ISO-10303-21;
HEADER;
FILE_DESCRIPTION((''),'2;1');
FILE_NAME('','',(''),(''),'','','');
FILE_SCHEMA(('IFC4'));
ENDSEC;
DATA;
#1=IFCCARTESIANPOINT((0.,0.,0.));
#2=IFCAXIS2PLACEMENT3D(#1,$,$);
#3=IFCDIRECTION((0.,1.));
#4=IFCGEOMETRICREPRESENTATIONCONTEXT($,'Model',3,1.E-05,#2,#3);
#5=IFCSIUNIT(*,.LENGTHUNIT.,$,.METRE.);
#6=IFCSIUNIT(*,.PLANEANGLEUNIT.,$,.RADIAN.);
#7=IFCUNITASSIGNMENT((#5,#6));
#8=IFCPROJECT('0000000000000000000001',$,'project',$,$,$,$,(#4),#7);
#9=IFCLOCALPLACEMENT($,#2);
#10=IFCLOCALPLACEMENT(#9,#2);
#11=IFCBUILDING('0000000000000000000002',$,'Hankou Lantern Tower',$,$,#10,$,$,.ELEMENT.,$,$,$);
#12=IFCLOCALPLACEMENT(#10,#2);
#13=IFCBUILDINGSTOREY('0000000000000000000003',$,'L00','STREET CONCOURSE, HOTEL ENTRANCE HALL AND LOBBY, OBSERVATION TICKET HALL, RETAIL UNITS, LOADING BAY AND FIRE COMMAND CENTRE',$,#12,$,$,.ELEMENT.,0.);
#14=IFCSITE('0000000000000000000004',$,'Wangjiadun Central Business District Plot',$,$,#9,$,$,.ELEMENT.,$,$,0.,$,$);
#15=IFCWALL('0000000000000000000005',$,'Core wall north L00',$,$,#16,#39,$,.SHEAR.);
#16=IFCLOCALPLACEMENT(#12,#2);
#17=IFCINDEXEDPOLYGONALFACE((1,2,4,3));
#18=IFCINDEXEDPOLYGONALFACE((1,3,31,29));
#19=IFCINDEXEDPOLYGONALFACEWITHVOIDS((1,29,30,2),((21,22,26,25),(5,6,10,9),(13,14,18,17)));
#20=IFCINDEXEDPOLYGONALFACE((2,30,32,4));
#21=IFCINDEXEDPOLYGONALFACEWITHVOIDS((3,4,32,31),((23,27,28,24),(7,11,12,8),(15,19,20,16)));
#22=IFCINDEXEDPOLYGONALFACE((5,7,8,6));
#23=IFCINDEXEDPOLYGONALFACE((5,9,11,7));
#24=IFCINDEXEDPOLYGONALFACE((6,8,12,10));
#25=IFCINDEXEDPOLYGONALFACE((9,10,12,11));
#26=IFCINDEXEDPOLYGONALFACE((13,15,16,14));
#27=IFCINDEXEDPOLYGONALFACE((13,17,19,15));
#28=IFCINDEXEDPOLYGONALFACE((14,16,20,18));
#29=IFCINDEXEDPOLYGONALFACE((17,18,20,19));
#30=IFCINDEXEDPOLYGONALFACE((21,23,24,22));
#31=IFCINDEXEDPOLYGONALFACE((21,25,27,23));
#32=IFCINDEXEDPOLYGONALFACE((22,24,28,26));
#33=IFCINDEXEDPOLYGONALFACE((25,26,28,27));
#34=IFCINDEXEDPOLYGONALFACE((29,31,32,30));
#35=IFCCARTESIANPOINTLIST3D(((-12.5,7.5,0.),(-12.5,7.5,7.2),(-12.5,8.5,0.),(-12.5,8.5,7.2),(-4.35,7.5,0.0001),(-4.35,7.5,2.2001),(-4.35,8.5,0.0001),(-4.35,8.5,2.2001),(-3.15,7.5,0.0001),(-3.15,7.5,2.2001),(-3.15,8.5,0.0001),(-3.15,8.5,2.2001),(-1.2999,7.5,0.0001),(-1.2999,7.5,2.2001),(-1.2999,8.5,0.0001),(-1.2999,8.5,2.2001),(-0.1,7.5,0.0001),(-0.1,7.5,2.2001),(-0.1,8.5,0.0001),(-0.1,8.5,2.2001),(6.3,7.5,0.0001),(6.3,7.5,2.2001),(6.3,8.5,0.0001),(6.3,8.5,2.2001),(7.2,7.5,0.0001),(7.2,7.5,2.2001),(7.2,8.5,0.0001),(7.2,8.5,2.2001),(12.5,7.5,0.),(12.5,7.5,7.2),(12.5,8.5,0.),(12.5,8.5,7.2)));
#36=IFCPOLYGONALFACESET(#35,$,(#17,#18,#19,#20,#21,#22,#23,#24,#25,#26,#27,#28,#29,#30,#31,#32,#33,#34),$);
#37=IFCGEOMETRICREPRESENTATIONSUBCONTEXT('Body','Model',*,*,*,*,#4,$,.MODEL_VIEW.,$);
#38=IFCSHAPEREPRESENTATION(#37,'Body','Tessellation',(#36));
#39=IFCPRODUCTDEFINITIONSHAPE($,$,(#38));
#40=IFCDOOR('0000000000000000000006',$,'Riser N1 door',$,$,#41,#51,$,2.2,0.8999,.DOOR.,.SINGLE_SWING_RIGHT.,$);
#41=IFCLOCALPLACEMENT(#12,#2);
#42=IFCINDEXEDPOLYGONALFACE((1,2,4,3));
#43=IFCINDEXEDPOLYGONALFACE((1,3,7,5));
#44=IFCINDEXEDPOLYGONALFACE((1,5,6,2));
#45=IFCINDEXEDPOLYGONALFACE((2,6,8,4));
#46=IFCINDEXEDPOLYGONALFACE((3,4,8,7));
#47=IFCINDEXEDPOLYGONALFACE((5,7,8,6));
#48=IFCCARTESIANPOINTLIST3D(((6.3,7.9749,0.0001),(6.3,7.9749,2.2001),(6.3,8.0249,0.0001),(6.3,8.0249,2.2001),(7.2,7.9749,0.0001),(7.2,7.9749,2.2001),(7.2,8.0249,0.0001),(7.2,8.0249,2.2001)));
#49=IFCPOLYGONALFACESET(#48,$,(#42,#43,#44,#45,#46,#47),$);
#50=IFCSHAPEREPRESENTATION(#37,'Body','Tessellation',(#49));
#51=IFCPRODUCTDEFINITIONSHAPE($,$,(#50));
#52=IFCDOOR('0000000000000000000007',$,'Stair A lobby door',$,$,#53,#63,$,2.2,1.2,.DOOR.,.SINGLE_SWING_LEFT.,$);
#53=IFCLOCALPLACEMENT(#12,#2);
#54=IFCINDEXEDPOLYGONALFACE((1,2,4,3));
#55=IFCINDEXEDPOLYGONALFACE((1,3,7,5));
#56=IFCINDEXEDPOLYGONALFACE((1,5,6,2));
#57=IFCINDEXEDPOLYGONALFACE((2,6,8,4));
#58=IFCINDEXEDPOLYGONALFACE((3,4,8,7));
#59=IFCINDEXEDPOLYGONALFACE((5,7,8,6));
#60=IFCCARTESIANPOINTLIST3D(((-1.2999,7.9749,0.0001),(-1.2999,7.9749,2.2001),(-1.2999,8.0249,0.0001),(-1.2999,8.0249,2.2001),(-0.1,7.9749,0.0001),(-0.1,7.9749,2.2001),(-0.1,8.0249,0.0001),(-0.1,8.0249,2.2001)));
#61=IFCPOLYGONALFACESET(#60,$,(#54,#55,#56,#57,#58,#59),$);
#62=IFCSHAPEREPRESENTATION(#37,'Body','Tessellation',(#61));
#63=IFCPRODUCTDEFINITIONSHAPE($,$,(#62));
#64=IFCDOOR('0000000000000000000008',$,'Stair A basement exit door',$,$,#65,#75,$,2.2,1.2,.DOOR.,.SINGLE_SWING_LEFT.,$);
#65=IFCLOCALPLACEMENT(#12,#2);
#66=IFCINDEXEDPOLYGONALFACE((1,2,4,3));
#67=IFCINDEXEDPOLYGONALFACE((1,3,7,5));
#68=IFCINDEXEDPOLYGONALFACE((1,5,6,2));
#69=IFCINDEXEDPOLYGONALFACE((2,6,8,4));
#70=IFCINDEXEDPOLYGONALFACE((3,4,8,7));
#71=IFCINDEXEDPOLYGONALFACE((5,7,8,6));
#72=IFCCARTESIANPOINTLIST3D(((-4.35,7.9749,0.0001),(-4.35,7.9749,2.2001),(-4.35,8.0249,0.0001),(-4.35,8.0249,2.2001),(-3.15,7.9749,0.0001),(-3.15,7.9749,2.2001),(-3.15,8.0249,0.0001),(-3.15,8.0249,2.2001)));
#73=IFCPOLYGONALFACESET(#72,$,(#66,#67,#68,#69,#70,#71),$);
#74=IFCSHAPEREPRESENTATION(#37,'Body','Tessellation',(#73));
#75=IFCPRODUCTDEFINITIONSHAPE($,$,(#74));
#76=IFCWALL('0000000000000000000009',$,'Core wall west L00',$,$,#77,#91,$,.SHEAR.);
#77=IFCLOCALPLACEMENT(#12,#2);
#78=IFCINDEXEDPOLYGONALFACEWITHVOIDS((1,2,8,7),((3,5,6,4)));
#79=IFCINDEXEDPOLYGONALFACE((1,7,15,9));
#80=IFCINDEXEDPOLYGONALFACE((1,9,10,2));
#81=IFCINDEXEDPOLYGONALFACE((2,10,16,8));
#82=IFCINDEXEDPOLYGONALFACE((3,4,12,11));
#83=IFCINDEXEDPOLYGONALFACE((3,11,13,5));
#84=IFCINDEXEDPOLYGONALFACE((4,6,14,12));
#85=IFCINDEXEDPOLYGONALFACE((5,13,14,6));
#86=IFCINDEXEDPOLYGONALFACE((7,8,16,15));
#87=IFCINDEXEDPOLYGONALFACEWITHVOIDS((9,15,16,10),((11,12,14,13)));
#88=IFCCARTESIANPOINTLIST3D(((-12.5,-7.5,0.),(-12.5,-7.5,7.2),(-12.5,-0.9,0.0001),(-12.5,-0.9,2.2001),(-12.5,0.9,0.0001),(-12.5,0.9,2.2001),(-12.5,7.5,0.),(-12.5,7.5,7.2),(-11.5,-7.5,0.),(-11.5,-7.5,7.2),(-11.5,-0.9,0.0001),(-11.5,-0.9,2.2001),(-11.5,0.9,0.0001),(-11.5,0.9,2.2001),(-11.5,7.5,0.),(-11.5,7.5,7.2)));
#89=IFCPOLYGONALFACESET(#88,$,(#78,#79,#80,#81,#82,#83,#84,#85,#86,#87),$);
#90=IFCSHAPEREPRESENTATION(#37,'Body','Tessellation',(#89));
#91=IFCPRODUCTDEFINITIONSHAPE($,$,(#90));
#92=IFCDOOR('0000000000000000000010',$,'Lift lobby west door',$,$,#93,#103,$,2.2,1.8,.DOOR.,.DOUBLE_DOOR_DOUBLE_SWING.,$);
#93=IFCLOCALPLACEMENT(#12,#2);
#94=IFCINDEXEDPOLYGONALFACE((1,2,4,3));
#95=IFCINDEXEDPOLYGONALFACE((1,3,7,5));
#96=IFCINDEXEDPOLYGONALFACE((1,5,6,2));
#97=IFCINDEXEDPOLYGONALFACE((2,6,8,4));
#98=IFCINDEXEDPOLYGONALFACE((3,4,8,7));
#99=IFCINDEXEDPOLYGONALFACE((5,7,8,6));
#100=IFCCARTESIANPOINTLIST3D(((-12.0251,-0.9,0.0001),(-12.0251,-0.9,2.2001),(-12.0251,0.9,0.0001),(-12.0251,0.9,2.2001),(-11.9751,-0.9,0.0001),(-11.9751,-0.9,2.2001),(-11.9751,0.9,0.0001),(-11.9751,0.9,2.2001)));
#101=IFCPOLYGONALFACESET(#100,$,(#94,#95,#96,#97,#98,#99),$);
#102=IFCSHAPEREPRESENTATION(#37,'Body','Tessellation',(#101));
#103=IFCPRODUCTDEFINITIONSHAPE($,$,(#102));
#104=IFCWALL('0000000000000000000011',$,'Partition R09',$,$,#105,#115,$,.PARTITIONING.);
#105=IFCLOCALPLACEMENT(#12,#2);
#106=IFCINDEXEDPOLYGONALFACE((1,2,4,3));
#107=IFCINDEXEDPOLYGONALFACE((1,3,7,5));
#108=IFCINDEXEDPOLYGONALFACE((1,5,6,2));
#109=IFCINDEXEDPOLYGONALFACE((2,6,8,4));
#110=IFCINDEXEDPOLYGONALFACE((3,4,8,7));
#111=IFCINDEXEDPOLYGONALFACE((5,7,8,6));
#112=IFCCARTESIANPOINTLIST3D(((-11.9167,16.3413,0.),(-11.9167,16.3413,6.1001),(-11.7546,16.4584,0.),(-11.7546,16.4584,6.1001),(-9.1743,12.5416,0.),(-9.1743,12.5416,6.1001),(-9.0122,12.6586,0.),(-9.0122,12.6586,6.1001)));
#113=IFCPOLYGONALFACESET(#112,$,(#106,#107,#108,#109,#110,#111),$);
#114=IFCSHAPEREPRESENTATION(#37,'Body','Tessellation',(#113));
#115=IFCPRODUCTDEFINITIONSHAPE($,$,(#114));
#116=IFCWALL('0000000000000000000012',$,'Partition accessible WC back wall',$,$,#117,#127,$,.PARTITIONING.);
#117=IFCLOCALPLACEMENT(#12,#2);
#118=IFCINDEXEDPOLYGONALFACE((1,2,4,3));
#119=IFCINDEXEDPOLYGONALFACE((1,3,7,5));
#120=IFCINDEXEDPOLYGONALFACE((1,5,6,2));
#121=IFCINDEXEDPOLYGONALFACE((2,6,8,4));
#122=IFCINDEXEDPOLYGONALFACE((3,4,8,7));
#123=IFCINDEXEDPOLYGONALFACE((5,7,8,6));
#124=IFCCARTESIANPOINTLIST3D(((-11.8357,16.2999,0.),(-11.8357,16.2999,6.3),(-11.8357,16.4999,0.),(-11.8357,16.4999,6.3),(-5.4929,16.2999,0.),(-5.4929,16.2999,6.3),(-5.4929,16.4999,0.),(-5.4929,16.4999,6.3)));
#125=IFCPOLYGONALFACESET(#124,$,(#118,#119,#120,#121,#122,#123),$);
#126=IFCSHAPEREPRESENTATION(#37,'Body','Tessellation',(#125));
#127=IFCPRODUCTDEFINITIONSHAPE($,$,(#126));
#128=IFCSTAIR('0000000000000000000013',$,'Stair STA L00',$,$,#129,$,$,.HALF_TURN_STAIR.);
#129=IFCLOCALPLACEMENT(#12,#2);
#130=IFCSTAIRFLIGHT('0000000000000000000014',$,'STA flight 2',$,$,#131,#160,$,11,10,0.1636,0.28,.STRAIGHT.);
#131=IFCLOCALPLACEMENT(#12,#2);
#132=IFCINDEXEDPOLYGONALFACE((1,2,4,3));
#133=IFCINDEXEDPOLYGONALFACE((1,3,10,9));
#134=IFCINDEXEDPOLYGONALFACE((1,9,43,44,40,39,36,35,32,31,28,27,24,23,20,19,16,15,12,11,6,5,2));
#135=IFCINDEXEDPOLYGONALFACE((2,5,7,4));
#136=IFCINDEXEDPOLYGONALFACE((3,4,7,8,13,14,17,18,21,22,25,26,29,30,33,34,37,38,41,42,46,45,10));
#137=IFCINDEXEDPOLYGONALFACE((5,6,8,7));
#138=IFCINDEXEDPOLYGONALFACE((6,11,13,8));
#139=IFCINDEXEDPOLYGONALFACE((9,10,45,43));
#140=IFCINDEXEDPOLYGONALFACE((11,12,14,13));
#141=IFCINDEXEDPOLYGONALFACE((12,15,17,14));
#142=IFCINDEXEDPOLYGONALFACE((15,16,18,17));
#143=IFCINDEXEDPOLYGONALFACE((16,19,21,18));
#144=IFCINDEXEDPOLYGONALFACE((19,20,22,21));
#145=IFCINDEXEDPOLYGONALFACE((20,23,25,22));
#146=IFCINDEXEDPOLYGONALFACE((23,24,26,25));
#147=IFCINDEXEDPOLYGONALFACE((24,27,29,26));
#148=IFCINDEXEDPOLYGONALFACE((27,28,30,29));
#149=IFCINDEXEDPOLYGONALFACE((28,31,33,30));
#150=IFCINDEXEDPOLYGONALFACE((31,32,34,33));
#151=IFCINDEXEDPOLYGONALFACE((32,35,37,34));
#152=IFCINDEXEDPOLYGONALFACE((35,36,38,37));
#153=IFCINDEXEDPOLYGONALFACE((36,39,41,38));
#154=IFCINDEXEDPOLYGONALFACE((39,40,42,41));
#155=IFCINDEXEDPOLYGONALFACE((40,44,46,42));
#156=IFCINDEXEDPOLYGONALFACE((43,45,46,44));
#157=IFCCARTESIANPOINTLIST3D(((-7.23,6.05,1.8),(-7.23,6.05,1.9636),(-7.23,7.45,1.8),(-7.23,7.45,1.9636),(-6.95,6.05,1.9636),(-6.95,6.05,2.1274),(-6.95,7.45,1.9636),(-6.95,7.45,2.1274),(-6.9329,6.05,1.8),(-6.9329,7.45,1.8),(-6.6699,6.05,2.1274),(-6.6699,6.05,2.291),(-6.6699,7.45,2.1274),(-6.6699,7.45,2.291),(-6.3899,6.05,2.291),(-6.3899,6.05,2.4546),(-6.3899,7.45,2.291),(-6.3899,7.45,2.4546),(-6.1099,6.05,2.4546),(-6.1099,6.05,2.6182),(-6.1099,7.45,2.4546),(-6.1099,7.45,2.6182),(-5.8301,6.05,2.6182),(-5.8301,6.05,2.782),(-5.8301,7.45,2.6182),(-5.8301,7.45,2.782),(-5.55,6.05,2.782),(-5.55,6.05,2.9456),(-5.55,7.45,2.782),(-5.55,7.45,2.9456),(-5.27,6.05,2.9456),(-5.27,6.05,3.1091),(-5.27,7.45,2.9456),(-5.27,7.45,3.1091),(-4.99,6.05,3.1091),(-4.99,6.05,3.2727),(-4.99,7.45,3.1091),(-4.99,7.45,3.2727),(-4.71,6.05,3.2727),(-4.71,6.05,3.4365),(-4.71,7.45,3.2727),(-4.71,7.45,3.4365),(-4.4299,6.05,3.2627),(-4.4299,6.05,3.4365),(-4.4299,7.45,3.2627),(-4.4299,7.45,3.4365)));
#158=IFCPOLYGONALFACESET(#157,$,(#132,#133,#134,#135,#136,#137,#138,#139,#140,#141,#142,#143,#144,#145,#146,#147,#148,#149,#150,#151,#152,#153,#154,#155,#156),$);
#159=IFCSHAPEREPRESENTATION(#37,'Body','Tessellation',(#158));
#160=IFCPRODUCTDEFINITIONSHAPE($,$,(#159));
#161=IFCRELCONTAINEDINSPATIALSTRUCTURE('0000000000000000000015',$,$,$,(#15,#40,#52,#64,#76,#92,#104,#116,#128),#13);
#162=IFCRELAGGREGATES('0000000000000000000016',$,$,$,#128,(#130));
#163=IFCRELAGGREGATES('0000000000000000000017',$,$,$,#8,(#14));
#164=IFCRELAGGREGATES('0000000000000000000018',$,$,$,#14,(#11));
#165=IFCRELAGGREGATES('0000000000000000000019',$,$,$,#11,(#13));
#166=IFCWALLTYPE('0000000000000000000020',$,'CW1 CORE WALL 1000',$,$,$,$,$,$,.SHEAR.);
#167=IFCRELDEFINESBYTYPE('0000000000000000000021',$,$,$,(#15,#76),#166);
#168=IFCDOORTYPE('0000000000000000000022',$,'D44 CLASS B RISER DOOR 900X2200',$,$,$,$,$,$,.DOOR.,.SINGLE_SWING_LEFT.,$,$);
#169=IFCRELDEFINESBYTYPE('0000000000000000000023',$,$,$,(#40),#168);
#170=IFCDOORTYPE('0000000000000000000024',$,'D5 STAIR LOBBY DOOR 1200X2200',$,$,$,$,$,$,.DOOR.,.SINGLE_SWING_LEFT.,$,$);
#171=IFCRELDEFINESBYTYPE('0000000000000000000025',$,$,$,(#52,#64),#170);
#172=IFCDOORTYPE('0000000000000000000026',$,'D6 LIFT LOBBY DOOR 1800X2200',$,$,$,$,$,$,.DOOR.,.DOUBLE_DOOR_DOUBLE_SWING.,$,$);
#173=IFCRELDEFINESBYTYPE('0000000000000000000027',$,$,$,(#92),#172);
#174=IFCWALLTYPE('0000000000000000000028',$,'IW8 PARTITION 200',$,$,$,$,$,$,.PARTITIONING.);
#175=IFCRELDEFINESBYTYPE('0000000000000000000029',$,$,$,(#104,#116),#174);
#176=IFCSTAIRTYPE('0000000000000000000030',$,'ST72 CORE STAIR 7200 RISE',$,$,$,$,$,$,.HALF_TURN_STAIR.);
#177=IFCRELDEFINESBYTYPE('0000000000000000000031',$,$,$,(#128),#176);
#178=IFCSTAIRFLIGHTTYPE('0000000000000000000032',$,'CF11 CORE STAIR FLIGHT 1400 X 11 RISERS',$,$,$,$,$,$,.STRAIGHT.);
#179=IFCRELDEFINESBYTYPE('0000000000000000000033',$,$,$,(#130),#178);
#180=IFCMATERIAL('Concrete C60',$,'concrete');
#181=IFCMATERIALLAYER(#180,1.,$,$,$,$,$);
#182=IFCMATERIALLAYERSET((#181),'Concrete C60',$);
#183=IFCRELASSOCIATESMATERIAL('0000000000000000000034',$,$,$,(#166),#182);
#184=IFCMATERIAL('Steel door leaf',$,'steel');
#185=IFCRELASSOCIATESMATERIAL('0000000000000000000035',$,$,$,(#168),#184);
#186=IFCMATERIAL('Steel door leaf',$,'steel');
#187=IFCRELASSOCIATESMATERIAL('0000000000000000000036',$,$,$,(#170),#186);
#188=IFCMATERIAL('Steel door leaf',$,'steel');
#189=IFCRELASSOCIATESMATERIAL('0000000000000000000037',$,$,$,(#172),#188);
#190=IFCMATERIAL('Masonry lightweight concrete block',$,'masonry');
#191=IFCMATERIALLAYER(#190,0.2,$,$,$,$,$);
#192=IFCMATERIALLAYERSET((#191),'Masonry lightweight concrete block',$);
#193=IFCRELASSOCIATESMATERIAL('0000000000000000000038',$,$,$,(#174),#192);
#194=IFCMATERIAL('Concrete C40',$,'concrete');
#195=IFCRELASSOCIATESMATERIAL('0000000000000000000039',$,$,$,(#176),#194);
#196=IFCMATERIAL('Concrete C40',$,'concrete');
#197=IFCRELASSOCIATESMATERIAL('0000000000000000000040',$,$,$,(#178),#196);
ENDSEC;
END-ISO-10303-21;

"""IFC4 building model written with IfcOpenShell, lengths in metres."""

from ifc_helpers import new_model, si_unit, direction, frame, frame_2d, origin, place, context, subcontext, project, spatial, polyline, rectangle, outline, extrude, material, layer, layer_set, type_object, element, fill, aggregate, save


model = new_model("IFC4")

# Units and contexts
model_context = context("Model", 3, precision=1e-05, world=origin(), true_north=direction((0.0, 1.0)))
body_context = subcontext(model_context, "Body", "Model", "MODEL_VIEW")
ifc_project = project(units=[si_unit("LENGTHUNIT", "METRE"), si_unit("PLANEANGLEUNIT", "RADIAN")], contexts=[model_context])

# Site, building, storey
site_placement = place(None, origin())
site = spatial("IfcSite", under=ifc_project, at=site_placement, Name="Wangjiadun Central Business District Plot", CompositionType="ELEMENT", RefElevation=0.0)
building_placement = place(site_placement, origin())
building = spatial("IfcBuilding", under=site, at=building_placement, Name="Hankou Lantern Tower", CompositionType="ELEMENT")
storey_placement = place(building_placement, origin())
storey = spatial("IfcBuildingStorey", under=building, at=storey_placement, Name="L00", Description="STREET CONCOURSE, HOTEL ENTRANCE HALL AND LOBBY, OBSERVATION TICKET HALL, RETAIL UNITS, LOADING BAY AND FIRE COMMAND CENTRE", CompositionType="ELEMENT", Elevation=0.0)

# Wall, openings, doors
ifc_material_1 = material(Name="Concrete C60", Category="concrete")
ifc_layer_1 = layer(ifc_material_1, 1.0)
ifc_layer_set_1 = layer_set([ifc_layer_1], Name="Concrete C60")
wall_type_1 = type_object("IfcWallType", Name="CW1 CORE WALL 1000", PredefinedType="SHEAR", material=ifc_layer_set_1)
wall_1_placement = place(storey_placement, frame((-12.5, 8.0, 0.0), z_axis=(0.0, 0.0, 1.0), x_axis=(1.0, 0.0, 0.0)))
wall_1 = element("IfcWall", 1, at=wall_1_placement, inside=storey, type_object=wall_type_1, Name="Core wall north L00", PredefinedType="SHEAR", context=body_context, shape_type="SweptSolid", body=[
    extrude(rectangle(XDim=25.0, YDim=1.0, at=frame_2d((12.5, 0.0))), origin(), (0.0, 0.0, 1.0), 7.2),
])
opening_1_placement = place(wall_1_placement, frame((11.2, 0.0, 0.0)))
opening_1 = element("IfcOpeningElement", 2, at=opening_1_placement, cuts=wall_1, PredefinedType="OPENING", context=body_context, shape_type="SweptSolid", body=[
    extrude(rectangle(XDim=1.2, YDim=2.2, at=frame_2d((0.6001, 1.1001))), frame((0.0, 0.51, 0.0), z_axis=(0.0, -1.0, 0.0), x_axis=(1.0, 0.0, 0.0)), (0.0, 0.0, 1.0), 1.02),
])
opening_2_placement = place(wall_1_placement, frame((8.1499, 0.0, 0.0)))
opening_2 = element("IfcOpeningElement", 3, at=opening_2_placement, cuts=wall_1, PredefinedType="OPENING", context=body_context, shape_type="SweptSolid", body=[
    extrude(rectangle(XDim=1.2, YDim=2.2, at=frame_2d((0.6001, 1.1001))), frame((0.0, 0.51, 0.0), z_axis=(0.0, -1.0, 0.0), x_axis=(1.0, 0.0, 0.0)), (0.0, 0.0, 1.0), 1.02),
])
opening_3_placement = place(wall_1_placement, frame((18.8, 0.0, 0.0)))
opening_3 = element("IfcOpeningElement", 4, at=opening_3_placement, cuts=wall_1, PredefinedType="OPENING", context=body_context, shape_type="SweptSolid", body=[
    extrude(rectangle(XDim=0.8999, YDim=2.2, at=frame_2d((0.45, 1.1001))), frame((0.0, 0.51, 0.0), z_axis=(0.0, -1.0, 0.0), x_axis=(1.0, 0.0, 0.0)), (0.0, 0.0, 1.0), 1.02),
])
ifc_material_2 = material(Name="Steel door leaf", Category="steel")
door_type_1 = type_object("IfcDoorType", Name="D44 CLASS B RISER DOOR 900X2200", OperationType="SINGLE_SWING_LEFT", PredefinedType="DOOR", material=ifc_material_2)
door_1_placement = place(opening_3_placement, origin())
door_1 = element("IfcDoor", 5, at=door_1_placement, inside=storey, type_object=door_type_1, Name="Riser N1 door", OperationType="SINGLE_SWING_RIGHT", OverallHeight=2.2, OverallWidth=0.8999, PredefinedType="DOOR", context=body_context, shape_type="SweptSolid", body=[
    extrude(rectangle(XDim=0.8999, YDim=2.2, at=frame_2d((0.45, 1.1001))), frame((0.0, 0.0249, 0.0), z_axis=(0.0, -1.0, 0.0), x_axis=(1.0, 0.0, 0.0)), (0.0, 0.0, 1.0), 0.05),
])
fill(opening_3, door_1)
ifc_material_3 = material(Name="Steel door leaf", Category="steel")
door_type_2 = type_object("IfcDoorType", Name="D5 STAIR LOBBY DOOR 1200X2200", OperationType="SINGLE_SWING_LEFT", PredefinedType="DOOR", material=ifc_material_3)
door_2_placement = place(opening_1_placement, origin())
door_2 = element("IfcDoor", 6, at=door_2_placement, inside=storey, type_object=door_type_2, Name="Stair A lobby door", OperationType="SINGLE_SWING_LEFT", OverallHeight=2.2, OverallWidth=1.2, PredefinedType="DOOR", context=body_context, shape_type="SweptSolid", body=[
    extrude(rectangle(XDim=1.2, YDim=2.2, at=frame_2d((0.6001, 1.1001))), frame((0.0, 0.0249, 0.0), z_axis=(0.0, -1.0, 0.0), x_axis=(1.0, 0.0, 0.0)), (0.0, 0.0, 1.0), 0.05),
])
fill(opening_1, door_2)
door_3_placement = place(opening_2_placement, origin())
door_3 = element("IfcDoor", 7, at=door_3_placement, inside=storey, type_object=door_type_2, Name="Stair A basement exit door", OperationType="SINGLE_SWING_LEFT", OverallHeight=2.2, OverallWidth=1.2, PredefinedType="DOOR", context=body_context, shape_type="SweptSolid", body=[
    extrude(rectangle(XDim=1.2, YDim=2.2, at=frame_2d((0.6001, 1.1001))), frame((0.0, 0.0249, 0.0), z_axis=(0.0, -1.0, 0.0), x_axis=(1.0, 0.0, 0.0)), (0.0, 0.0, 1.0), 0.05),
])
fill(opening_2, door_3)

# Wall, opening, door
wall_2_placement = place(storey_placement, frame((-12.0, 7.5, 0.0), z_axis=(0.0, 0.0, 1.0), x_axis=(0.0, -1.0, 0.0)))
wall_2 = element("IfcWall", 8, at=wall_2_placement, inside=storey, type_object=wall_type_1, Name="Core wall west L00", PredefinedType="SHEAR", context=body_context, shape_type="SweptSolid", body=[
    extrude(rectangle(XDim=15.0, YDim=1.0, at=frame_2d((7.5, 0.0))), origin(), (0.0, 0.0, 1.0), 7.2),
])
opening_4_placement = place(wall_2_placement, frame((6.6001, 0.0, 0.0)))
opening_4 = element("IfcOpeningElement", 9, at=opening_4_placement, cuts=wall_2, PredefinedType="OPENING", context=body_context, shape_type="SweptSolid", body=[
    extrude(rectangle(XDim=1.8, YDim=2.2, at=frame_2d((0.8999, 1.1001))), frame((0.0, 0.51, 0.0), z_axis=(0.0, -1.0, 0.0), x_axis=(1.0, 0.0, 0.0)), (0.0, 0.0, 1.0), 1.02),
])
ifc_material_4 = material(Name="Steel door leaf", Category="steel")
door_type_3 = type_object("IfcDoorType", Name="D6 LIFT LOBBY DOOR 1800X2200", OperationType="DOUBLE_DOOR_DOUBLE_SWING", PredefinedType="DOOR", material=ifc_material_4)
door_4_placement = place(opening_4_placement, origin())
door_4 = element("IfcDoor", 10, at=door_4_placement, inside=storey, type_object=door_type_3, Name="Lift lobby west door", OperationType="DOUBLE_DOOR_DOUBLE_SWING", OverallHeight=2.2, OverallWidth=1.8, PredefinedType="DOOR", context=body_context, shape_type="SweptSolid", body=[
    extrude(rectangle(XDim=1.8, YDim=2.2, at=frame_2d((0.8999, 1.1001))), frame((0.0, 0.0249, 0.0), z_axis=(0.0, -1.0, 0.0), x_axis=(1.0, 0.0, 0.0)), (0.0, 0.0, 1.0), 0.05),
])
fill(opening_4, door_4)

# Walls
ifc_material_5 = material(Name="Masonry lightweight concrete block", Category="masonry")
ifc_layer_2 = layer(ifc_material_5, 0.2)
ifc_layer_set_2 = layer_set([ifc_layer_2], Name="Masonry lightweight concrete block")
wall_type_2 = type_object("IfcWallType", Name="IW8 PARTITION 200", PredefinedType="PARTITIONING", material=ifc_layer_set_2)
wall_3_placement = place(storey_placement, frame((-9.0933, 12.6001, 0.0), z_axis=(0.0, 0.0, 1.0), x_axis=(-0.585228, 0.810869, 0.0)))
element("IfcWall", 11, at=wall_3_placement, inside=storey, type_object=wall_type_2, Name="Partition R09", PredefinedType="PARTITIONING", context=body_context, shape_type="SweptSolid", body=[
    extrude(rectangle(XDim=4.686, YDim=0.2, at=frame_2d((2.343, 0.0))), origin(), (0.0, 0.0, 1.0), 6.1001),
])
wall_4_placement = place(storey_placement, frame((-5.4929, 16.3999, 0.0), z_axis=(0.0, 0.0, 1.0), x_axis=(-1.0, 0.0, 0.0)))
element("IfcWall", 12, at=wall_4_placement, inside=storey, type_object=wall_type_2, Name="Partition accessible WC back wall", PredefinedType="PARTITIONING", context=body_context, shape_type="SweptSolid", body=[
    extrude(rectangle(XDim=6.3428, YDim=0.2, at=frame_2d((3.1714, 0.0))), origin(), (0.0, 0.0, 1.0), 6.3),
])

# Stair, stair flight
ifc_material_6 = material(Name="Concrete C40", Category="concrete")
stair_type = type_object("IfcStairType", Name="ST72 CORE STAIR 7200 RISE", PredefinedType="HALF_TURN_STAIR", material=ifc_material_6)
stair_placement = place(storey_placement, origin())
stair = element("IfcStair", 13, at=stair_placement, inside=storey, type_object=stair_type, Name="Stair STA L00", PredefinedType="HALF_TURN_STAIR")
ifc_material_7 = material(Name="Concrete C40", Category="concrete")
stair_flight_type = type_object("IfcStairFlightType", Name="CF11 CORE STAIR FLIGHT 1400 X 11 RISERS", PredefinedType="STRAIGHT", material=ifc_material_7)
stair_flight_1_placement = place(storey_placement, frame((-7.23, 6.75, 1.8), z_axis=(0.0, 0.0, 1.0), x_axis=(1.0, 0.0, 0.0)))
stair_flight_1 = element("IfcStairFlight", 14, at=stair_flight_1_placement, type_object=stair_flight_type, Name="STA flight 2", NumberOfRisers=11, NumberOfTreads=10, PredefinedType="STRAIGHT", RiserHeight=0.1636, TreadLength=0.28, context=body_context, shape_type="SweptSolid", body=[
    extrude(outline(polyline([(0.0, 0.0), (0.0, 0.1636), (0.28, 0.1636), (0.28, 0.3274), (0.5601, 0.3274), (0.5601, 0.491), (0.8401, 0.491), (0.8401, 0.6545), (1.1201, 0.6545), (1.1201, 0.8181), (1.3999, 0.8181), (1.3999, 0.9819), (1.6799, 0.9819), (1.6799, 1.1455), (1.96, 1.1455), (1.96, 1.3091), (2.24, 1.3091), (2.24, 1.4727), (2.52, 1.4727), (2.52, 1.6365), (2.8, 1.6365), (2.8, 1.8), (2.8, 1.4626), (0.2971, 0.0), (0.0, 0.0)])), frame((0.0, 0.7, 0.0), z_axis=(0.0, -1.0, 0.0), x_axis=(1.0, 0.0, 0.0)), (0.0, 0.0, 1.0), 1.3999),
])
aggregate(stair, [stair_flight_1])

save(model, "model.ifc")
